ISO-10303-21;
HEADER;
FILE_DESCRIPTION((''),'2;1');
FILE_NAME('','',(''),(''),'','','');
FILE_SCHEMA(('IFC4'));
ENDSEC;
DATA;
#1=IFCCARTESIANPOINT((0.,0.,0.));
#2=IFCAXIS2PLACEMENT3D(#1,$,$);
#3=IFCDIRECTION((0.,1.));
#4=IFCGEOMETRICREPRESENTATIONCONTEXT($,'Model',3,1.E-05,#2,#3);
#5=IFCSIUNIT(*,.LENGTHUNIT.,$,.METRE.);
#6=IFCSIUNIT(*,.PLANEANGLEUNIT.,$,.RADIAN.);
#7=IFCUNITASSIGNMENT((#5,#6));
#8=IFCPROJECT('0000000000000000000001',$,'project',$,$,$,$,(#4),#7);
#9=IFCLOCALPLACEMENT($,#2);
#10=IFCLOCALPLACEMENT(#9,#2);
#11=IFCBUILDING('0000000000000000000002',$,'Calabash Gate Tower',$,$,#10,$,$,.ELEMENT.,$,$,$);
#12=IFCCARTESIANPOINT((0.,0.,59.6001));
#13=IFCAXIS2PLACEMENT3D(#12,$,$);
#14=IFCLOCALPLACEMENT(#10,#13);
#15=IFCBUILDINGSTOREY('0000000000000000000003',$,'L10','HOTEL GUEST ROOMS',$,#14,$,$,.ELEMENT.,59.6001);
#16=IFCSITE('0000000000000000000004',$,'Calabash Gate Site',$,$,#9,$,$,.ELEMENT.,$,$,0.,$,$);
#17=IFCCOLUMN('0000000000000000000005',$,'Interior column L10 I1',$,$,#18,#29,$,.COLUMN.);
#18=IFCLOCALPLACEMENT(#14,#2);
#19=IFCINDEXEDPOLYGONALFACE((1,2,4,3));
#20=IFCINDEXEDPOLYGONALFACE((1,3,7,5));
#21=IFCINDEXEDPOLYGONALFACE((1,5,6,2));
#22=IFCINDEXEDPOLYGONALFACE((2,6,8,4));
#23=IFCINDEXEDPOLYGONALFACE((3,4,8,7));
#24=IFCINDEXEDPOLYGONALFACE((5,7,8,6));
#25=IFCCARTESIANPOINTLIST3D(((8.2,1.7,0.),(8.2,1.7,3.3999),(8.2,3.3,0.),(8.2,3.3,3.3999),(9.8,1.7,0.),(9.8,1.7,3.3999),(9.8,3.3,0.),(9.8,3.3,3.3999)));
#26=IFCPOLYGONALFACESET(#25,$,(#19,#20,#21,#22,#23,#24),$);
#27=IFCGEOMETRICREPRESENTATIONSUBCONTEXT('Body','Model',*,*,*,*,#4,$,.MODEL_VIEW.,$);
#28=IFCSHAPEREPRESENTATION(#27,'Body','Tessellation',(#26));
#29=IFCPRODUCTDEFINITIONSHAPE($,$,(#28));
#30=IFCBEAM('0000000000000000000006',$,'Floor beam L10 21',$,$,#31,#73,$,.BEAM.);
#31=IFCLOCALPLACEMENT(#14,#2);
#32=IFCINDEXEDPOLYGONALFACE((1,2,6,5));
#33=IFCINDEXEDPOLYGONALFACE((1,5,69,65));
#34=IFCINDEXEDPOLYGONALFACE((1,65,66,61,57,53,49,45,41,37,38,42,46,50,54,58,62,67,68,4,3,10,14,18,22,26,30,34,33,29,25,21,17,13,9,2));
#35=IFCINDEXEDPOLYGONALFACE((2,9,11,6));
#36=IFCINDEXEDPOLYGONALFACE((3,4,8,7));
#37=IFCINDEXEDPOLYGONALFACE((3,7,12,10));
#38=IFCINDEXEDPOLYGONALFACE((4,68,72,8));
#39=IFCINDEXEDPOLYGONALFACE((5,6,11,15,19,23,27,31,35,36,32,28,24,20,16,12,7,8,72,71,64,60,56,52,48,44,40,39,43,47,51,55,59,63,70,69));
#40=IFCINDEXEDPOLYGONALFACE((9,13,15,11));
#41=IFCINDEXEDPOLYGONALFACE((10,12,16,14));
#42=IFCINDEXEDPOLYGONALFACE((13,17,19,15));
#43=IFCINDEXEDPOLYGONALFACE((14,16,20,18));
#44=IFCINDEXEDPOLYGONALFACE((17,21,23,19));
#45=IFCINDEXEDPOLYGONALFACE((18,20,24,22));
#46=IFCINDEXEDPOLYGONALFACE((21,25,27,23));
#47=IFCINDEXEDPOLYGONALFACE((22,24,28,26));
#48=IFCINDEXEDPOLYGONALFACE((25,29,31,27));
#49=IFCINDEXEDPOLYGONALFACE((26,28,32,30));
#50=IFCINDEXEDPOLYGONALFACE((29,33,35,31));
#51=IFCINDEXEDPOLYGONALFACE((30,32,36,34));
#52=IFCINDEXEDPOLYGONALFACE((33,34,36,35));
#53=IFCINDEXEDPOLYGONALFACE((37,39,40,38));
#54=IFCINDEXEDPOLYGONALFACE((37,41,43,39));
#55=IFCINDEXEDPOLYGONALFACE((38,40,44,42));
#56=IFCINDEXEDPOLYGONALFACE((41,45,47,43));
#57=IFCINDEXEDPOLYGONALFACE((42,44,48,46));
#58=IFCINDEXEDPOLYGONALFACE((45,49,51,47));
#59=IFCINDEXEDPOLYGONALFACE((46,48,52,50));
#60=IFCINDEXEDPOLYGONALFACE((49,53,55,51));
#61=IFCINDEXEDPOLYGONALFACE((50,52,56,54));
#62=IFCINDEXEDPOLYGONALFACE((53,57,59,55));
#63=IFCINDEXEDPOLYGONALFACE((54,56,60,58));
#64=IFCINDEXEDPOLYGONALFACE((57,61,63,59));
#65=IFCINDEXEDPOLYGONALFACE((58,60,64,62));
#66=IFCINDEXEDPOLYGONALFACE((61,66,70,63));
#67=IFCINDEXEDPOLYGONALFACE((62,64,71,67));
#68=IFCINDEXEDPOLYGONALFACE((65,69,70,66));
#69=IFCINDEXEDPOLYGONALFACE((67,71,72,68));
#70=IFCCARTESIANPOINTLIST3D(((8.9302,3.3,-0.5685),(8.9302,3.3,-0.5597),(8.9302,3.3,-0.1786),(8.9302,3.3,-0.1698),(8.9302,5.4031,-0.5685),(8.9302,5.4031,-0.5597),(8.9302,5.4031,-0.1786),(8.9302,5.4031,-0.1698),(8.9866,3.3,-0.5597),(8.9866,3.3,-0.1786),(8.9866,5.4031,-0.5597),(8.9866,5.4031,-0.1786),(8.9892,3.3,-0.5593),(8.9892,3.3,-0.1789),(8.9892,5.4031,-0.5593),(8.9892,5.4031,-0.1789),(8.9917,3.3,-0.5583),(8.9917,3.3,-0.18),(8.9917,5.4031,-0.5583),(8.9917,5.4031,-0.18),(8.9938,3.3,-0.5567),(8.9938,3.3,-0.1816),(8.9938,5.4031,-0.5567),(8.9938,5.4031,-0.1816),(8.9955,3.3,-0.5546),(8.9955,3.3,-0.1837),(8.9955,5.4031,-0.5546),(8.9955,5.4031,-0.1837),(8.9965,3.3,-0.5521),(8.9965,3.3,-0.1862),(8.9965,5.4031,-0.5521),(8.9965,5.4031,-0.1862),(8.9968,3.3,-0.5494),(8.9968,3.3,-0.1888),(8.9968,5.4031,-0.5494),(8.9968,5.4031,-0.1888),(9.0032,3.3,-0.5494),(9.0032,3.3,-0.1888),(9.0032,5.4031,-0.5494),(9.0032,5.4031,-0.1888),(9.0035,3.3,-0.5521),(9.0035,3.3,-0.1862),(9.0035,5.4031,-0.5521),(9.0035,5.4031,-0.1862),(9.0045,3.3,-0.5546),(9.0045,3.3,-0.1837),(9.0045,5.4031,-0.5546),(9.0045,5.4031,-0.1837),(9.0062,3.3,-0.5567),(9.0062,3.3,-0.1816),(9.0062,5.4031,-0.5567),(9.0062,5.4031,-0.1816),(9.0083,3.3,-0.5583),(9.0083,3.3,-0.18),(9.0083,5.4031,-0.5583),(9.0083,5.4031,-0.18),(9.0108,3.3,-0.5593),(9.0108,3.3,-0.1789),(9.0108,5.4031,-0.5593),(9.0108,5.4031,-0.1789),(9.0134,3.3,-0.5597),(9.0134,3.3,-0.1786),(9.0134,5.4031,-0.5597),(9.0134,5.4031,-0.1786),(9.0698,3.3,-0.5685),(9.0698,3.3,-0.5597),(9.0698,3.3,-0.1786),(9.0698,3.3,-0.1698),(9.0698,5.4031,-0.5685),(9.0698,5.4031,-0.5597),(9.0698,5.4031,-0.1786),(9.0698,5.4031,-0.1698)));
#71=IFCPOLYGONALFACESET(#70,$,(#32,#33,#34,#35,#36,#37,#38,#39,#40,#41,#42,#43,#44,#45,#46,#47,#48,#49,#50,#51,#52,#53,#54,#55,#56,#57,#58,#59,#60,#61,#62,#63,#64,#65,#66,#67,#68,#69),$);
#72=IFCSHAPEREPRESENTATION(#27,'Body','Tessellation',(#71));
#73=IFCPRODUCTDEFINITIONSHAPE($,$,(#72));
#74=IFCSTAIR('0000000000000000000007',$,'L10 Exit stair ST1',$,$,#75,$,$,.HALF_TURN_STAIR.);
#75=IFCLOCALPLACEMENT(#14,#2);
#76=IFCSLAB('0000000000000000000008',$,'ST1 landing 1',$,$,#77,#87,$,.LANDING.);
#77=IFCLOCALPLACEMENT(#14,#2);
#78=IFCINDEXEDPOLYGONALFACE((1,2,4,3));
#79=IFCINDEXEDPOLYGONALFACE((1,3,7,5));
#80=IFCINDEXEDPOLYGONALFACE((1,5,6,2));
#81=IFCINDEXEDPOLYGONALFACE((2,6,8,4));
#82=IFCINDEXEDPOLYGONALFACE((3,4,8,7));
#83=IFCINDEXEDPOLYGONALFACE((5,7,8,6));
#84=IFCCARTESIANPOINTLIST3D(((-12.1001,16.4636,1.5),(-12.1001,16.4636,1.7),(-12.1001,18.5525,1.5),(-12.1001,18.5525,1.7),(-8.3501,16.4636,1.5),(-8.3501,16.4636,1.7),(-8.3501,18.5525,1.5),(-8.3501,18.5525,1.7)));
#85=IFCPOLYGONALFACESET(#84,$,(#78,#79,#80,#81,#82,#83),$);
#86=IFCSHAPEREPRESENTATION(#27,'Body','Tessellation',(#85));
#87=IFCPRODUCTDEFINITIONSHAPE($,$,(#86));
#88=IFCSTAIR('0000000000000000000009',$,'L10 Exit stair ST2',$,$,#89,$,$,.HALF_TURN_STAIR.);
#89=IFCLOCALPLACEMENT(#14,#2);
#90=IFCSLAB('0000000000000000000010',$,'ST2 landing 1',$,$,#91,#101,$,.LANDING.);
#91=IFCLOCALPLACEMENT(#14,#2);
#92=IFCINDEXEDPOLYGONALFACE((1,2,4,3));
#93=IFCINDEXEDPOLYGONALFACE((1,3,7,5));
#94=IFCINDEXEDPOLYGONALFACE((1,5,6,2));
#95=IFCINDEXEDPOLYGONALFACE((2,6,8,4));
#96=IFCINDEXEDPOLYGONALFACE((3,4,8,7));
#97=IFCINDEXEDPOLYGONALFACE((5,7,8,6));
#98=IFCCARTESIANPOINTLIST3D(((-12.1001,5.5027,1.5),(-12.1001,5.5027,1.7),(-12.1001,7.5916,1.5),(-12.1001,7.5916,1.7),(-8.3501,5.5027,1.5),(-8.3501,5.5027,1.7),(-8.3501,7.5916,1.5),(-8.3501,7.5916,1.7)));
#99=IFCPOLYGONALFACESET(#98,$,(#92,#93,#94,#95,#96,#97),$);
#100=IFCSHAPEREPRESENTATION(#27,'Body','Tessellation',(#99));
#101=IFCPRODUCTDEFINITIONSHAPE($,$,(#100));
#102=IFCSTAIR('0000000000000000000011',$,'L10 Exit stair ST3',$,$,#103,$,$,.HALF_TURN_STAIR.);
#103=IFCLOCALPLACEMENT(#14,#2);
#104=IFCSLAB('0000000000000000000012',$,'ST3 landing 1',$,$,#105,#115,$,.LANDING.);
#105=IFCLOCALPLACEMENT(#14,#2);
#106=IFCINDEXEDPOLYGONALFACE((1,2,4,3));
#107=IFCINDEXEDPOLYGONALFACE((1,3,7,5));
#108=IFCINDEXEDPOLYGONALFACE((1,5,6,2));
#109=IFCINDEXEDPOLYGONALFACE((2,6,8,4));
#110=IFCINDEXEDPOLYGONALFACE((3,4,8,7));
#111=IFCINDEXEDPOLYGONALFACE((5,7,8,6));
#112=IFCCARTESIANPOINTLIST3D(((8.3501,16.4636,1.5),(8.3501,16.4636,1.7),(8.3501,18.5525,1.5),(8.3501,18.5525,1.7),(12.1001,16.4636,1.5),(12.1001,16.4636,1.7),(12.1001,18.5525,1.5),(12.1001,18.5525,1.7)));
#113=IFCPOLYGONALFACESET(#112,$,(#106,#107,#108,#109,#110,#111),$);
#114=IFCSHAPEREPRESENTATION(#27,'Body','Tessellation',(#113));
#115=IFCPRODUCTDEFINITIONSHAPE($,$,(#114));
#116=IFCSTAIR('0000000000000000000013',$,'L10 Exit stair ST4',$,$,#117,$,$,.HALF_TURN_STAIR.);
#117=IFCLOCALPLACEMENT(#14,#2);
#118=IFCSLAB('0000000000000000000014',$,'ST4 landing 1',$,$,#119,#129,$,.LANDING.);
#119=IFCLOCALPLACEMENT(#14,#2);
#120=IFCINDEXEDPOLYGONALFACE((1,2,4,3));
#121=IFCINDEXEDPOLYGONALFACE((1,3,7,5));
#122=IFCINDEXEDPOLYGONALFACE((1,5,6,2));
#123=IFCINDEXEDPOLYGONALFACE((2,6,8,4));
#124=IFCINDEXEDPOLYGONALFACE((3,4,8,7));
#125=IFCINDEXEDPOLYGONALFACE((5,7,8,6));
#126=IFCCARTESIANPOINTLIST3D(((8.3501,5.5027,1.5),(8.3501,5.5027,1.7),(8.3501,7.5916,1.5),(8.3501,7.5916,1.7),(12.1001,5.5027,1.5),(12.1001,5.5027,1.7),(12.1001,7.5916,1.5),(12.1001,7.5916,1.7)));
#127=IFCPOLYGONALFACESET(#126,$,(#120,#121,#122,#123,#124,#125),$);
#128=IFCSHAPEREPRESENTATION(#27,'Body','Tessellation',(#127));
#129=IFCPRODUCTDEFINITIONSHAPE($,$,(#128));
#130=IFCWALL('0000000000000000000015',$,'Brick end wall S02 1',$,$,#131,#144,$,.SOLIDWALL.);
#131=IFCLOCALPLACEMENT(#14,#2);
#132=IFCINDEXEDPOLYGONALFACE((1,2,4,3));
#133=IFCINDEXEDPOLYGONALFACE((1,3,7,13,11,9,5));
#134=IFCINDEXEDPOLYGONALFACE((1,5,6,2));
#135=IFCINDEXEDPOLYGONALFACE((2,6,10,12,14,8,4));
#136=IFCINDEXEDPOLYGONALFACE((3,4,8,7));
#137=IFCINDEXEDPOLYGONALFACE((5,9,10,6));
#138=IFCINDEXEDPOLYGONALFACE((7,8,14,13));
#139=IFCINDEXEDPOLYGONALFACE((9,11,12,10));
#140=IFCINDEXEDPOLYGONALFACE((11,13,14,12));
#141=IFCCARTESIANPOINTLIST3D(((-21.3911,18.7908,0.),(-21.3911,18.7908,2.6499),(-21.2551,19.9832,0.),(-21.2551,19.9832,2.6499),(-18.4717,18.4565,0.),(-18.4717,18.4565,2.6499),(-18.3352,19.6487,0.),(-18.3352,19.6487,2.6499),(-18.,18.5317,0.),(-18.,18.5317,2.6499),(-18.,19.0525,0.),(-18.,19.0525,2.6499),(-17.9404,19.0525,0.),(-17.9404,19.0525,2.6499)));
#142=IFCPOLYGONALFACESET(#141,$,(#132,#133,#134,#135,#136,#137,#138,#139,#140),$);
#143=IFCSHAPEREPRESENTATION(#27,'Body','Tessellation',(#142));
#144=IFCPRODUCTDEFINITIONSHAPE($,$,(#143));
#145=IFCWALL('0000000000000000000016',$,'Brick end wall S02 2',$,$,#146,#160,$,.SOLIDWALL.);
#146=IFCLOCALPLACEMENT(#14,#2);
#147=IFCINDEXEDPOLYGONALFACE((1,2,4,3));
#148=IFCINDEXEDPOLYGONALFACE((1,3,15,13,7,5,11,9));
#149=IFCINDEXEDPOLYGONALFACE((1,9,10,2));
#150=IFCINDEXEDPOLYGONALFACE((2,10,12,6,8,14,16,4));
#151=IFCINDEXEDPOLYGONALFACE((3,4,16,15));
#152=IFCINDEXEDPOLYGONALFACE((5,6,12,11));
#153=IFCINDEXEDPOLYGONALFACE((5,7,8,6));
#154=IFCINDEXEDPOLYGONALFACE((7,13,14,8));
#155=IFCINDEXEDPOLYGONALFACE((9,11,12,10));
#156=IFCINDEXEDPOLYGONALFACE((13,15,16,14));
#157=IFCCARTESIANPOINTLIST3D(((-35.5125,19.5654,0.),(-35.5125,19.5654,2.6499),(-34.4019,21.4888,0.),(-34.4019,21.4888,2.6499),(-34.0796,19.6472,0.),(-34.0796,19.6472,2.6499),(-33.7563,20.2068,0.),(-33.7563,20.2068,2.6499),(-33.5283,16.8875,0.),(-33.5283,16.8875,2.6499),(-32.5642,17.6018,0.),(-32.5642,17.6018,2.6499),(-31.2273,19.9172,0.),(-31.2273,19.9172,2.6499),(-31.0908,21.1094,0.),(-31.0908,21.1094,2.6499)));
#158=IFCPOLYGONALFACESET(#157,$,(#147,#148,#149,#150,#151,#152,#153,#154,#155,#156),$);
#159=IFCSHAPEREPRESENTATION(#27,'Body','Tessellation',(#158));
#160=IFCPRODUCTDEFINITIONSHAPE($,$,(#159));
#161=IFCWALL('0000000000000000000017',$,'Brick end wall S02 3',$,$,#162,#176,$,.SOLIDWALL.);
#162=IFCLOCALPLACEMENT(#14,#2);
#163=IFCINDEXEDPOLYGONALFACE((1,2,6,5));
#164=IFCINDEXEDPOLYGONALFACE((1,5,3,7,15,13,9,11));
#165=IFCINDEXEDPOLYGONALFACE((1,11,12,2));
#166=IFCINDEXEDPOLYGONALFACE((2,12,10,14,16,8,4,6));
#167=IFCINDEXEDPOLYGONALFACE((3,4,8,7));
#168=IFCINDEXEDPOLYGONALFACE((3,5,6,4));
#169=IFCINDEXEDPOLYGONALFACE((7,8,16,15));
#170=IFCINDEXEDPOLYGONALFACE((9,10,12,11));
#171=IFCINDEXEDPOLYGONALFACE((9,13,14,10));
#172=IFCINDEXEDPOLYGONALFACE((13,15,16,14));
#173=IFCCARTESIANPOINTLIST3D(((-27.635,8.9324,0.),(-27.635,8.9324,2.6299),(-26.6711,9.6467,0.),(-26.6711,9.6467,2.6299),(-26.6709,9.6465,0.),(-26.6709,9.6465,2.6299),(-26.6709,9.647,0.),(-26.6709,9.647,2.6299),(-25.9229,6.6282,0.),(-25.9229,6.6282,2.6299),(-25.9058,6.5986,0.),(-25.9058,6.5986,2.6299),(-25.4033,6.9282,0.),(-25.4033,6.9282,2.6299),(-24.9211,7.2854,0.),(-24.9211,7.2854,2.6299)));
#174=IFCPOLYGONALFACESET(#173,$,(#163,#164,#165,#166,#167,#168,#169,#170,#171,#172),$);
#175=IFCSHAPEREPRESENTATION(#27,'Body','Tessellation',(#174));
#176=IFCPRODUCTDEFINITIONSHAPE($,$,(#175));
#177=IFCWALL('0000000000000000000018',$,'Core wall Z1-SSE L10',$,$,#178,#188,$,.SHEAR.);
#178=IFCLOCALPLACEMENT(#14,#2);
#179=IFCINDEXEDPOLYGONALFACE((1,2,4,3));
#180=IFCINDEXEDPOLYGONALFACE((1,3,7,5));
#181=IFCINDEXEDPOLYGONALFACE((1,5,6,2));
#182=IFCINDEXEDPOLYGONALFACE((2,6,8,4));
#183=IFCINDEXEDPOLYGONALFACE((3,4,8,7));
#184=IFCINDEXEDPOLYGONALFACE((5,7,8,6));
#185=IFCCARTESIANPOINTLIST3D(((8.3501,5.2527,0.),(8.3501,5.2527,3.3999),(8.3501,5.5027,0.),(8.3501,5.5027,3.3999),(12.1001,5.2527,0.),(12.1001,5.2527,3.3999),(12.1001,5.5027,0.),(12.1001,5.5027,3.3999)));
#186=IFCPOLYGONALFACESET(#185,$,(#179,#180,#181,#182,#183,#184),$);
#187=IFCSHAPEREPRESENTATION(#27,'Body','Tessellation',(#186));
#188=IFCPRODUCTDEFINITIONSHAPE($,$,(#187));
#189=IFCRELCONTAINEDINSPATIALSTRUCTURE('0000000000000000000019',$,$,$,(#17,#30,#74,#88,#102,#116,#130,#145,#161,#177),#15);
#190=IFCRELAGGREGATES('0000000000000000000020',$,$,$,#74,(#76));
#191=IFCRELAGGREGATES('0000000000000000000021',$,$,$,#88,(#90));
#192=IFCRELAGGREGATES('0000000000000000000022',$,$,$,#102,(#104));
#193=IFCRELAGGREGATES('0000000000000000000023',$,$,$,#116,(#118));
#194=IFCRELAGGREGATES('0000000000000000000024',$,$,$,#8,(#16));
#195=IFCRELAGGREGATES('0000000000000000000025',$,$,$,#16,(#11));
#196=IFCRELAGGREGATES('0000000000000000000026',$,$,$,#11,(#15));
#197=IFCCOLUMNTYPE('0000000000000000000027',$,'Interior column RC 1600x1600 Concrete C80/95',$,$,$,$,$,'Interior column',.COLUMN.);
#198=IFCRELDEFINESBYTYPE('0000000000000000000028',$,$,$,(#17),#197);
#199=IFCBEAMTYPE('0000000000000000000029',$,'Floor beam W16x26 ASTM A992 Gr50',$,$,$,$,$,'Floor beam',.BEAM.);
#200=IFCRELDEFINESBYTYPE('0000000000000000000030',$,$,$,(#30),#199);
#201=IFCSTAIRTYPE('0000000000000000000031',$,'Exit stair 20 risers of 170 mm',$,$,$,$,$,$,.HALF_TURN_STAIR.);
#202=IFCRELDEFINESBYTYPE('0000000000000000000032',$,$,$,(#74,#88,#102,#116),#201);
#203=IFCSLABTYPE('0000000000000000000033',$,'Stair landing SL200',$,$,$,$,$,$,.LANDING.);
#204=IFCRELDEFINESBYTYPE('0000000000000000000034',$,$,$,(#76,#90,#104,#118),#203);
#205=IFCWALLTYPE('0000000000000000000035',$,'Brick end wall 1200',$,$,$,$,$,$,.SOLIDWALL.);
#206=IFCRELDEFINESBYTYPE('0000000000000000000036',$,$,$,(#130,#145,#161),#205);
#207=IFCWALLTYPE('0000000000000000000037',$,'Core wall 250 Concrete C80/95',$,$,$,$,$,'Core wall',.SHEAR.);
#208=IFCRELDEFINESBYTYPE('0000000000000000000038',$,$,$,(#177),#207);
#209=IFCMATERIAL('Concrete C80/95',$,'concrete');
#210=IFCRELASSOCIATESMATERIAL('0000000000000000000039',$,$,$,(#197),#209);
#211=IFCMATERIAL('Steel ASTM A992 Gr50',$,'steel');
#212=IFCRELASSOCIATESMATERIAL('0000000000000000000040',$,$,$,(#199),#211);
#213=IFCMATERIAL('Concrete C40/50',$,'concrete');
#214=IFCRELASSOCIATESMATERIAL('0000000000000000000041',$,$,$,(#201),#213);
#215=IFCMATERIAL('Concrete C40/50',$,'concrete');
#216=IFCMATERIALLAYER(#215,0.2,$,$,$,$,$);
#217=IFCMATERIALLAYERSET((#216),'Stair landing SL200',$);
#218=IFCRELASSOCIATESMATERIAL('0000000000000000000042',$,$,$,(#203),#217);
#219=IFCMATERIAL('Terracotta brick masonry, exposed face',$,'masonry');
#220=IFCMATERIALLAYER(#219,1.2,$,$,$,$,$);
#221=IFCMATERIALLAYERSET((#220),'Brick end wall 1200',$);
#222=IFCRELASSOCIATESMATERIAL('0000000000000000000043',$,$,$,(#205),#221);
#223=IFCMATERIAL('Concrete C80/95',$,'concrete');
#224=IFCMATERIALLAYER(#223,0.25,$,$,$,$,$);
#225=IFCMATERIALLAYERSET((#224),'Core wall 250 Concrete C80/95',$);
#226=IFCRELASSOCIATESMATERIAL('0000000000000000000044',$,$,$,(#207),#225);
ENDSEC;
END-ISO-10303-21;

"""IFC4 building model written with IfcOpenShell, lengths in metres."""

from ifc_helpers import new_model, si_unit, direction, frame, frame_2d, origin, origin_2d, place, context, subcontext, project, spatial, polyline, rectangle, i_section, outline, extrude, material, layer, layer_set, material_profile, profile_set, type_object, element, aggregate, save


model = new_model("IFC4")

# Units and contexts
model_context = context("Model", 3, precision=1e-05, world=origin(), true_north=direction((0.0, 1.0)))
body_context = subcontext(model_context, "Body", "Model", "MODEL_VIEW")
ifc_project = project(units=[si_unit("LENGTHUNIT", "METRE"), si_unit("PLANEANGLEUNIT", "RADIAN")], contexts=[model_context])

# Site, building, storey
site_placement = place(None, origin())
site = spatial("IfcSite", under=ifc_project, at=site_placement, Name="Calabash Gate Site", CompositionType="ELEMENT", RefElevation=0.0)
building_placement = place(site_placement, origin())
building = spatial("IfcBuilding", under=site, at=building_placement, Name="Calabash Gate Tower", CompositionType="ELEMENT")
storey_placement = place(building_placement, frame((0.0, 0.0, 59.6001)))
storey = spatial("IfcBuildingStorey", under=building, at=storey_placement, Name="L10", Description="HOTEL GUEST ROOMS", CompositionType="ELEMENT", Elevation=59.6001)

# Column
ifc_material_1 = material(Name="Concrete C80/95", Category="concrete")
ifc_material_profile_1 = material_profile(ifc_material_1, rectangle(XDim=1.6001, YDim=1.6001, at=origin_2d()))
ifc_profile_set_1 = profile_set([ifc_material_profile_1], Name="Concrete C80/95")
column_type = type_object("IfcColumnType", Name="Interior column RC 1600x1600 Concrete C80/95", ElementType="Interior column", PredefinedType="COLUMN", material=ifc_profile_set_1)
column_placement = place(storey_placement, frame((9.0, 2.5, 0.0), z_axis=(0.0, 0.0, 1.0), x_axis=(1.0, 0.0, 0.0)))
element("IfcColumn", 1, at=column_placement, inside=storey, type_object=column_type, Name="Interior column L10 I1", PredefinedType="COLUMN", context=body_context, shape_type="SweptSolid", body=[
    extrude(rectangle(XDim=1.6001, YDim=1.6001, at=origin_2d()), origin(), (0.0, 0.0, 1.0), 3.3999),
])

# Beam
ifc_material_2 = material(Name="Steel ASTM A992 Gr50", Category="steel")
ifc_material_profile_2 = material_profile(ifc_material_2, i_section(OverallWidth=0.1396, OverallDepth=0.3987, WebThickness=0.0063, FlangeThickness=0.0088, FilletRadius=0.0103, at=origin_2d()))
ifc_profile_set_2 = profile_set([ifc_material_profile_2], Name="Steel ASTM A992 Gr50")
beam_type = type_object("IfcBeamType", Name="Floor beam W16x26 ASTM A992 Gr50", ElementType="Floor beam", PredefinedType="BEAM", material=ifc_profile_set_2)
beam_placement = place(storey_placement, frame((9.0, 3.3, -0.3691), z_axis=(0.0, 1.0, 0.0), x_axis=(-1.0, 0.0, 0.0)))
element("IfcBeam", 2, at=beam_placement, inside=storey, type_object=beam_type, Name="Floor beam L10 21", PredefinedType="BEAM", context=body_context, shape_type="SweptSolid", body=[
    extrude(i_section(OverallWidth=0.1396, OverallDepth=0.3987, WebThickness=0.0063, FlangeThickness=0.0088, FilletRadius=0.0103, at=origin_2d()), origin(), (0.0, 0.0, 1.0), 2.103),
])

# Stairs, slabs
ifc_material_3 = material(Name="Concrete C40/50", Category="concrete")
stair_type = type_object("IfcStairType", Name="Exit stair 20 risers of 170 mm", PredefinedType="HALF_TURN_STAIR", material=ifc_material_3)
stair_1_placement = place(storey_placement, origin())
stair_1 = element("IfcStair", 3, at=stair_1_placement, inside=storey, type_object=stair_type, Name="L10 Exit stair ST1", PredefinedType="HALF_TURN_STAIR")
ifc_material_4 = material(Name="Concrete C40/50", Category="concrete")
ifc_layer_1 = layer(ifc_material_4, 0.2)
ifc_layer_set_1 = layer_set([ifc_layer_1], Name="Stair landing SL200")
slab_type = type_object("IfcSlabType", Name="Stair landing SL200", PredefinedType="LANDING", material=ifc_layer_set_1)
slab_1_placement = place(storey_placement, frame((0.0, 0.0, 1.5)))
slab_1 = element("IfcSlab", 4, at=slab_1_placement, type_object=slab_type, Name="ST1 landing 1", PredefinedType="LANDING", context=body_context, shape_type="SweptSolid", body=[
    extrude(outline(polyline([(-8.3501, 16.4636), (-8.3501, 18.5525), (-12.1001, 18.5525), (-12.1001, 16.4636), (-8.3501, 16.4636)])), origin(), (0.0, 0.0, 1.0), 0.2),
])
aggregate(stair_1, [slab_1])
stair_2_placement = place(storey_placement, origin())
stair_2 = element("IfcStair", 5, at=stair_2_placement, inside=storey, type_object=stair_type, Name="L10 Exit stair ST2", PredefinedType="HALF_TURN_STAIR")
slab_2_placement = place(storey_placement, frame((0.0, 0.0, 1.5)))
slab_2 = element("IfcSlab", 6, at=slab_2_placement, type_object=slab_type, Name="ST2 landing 1", PredefinedType="LANDING", context=body_context, shape_type="SweptSolid", body=[
    extrude(outline(polyline([(-12.1001, 7.5916), (-12.1001, 5.5027), (-8.3501, 5.5027), (-8.3501, 7.5916), (-12.1001, 7.5916)])), origin(), (0.0, 0.0, 1.0), 0.2),
])
aggregate(stair_2, [slab_2])
stair_3_placement = place(storey_placement, origin())
stair_3 = element("IfcStair", 7, at=stair_3_placement, inside=storey, type_object=stair_type, Name="L10 Exit stair ST3", PredefinedType="HALF_TURN_STAIR")
slab_3_placement = place(storey_placement, frame((0.0, 0.0, 1.5)))
slab_3 = element("IfcSlab", 8, at=slab_3_placement, type_object=slab_type, Name="ST3 landing 1", PredefinedType="LANDING", context=body_context, shape_type="SweptSolid", body=[
    extrude(outline(polyline([(12.1001, 16.4636), (12.1001, 18.5525), (8.3501, 18.5525), (8.3501, 16.4636), (12.1001, 16.4636)])), origin(), (0.0, 0.0, 1.0), 0.2),
])
aggregate(stair_3, [slab_3])
stair_4_placement = place(storey_placement, origin())
stair_4 = element("IfcStair", 9, at=stair_4_placement, inside=storey, type_object=stair_type, Name="L10 Exit stair ST4", PredefinedType="HALF_TURN_STAIR")
slab_4_placement = place(storey_placement, frame((0.0, 0.0, 1.5)))
slab_4 = element("IfcSlab", 10, at=slab_4_placement, type_object=slab_type, Name="ST4 landing 1", PredefinedType="LANDING", context=body_context, shape_type="SweptSolid", body=[
    extrude(outline(polyline([(8.3501, 7.5916), (8.3501, 5.5027), (12.1001, 5.5027), (12.1001, 7.5916), (8.3501, 7.5916)])), origin(), (0.0, 0.0, 1.0), 0.2),
])
aggregate(stair_4, [slab_4])

# Walls
ifc_material_5 = material(Name="Terracotta brick masonry, exposed face", Category="masonry")
ifc_layer_2 = layer(ifc_material_5, 1.2)
ifc_layer_set_2 = layer_set([ifc_layer_2], Name="Brick end wall 1200")
wall_type_1 = type_object("IfcWallType", Name="Brick end wall 1200", PredefinedType="SOLIDWALL", material=ifc_layer_set_2)
wall_1_placement = place(storey_placement, origin())
element("IfcWall", 11, at=wall_1_placement, inside=storey, type_object=wall_type_1, Name="Brick end wall S02 1", PredefinedType="SOLIDWALL", context=body_context, shape_type="SweptSolid", body=[
    extrude(outline(polyline([(-21.2551, 19.9832), (-21.3911, 18.7908), (-18.4717, 18.4565), (-18.0, 18.5317), (-18.0, 19.0525), (-17.9404, 19.0525), (-18.3352, 19.6487), (-21.2551, 19.9832)])), origin(), (0.0, 0.0, 1.0), 2.6499),
])
wall_2_placement = place(storey_placement, origin())
element("IfcWall", 12, at=wall_2_placement, inside=storey, type_object=wall_type_1, Name="Brick end wall S02 2", PredefinedType="SOLIDWALL", context=body_context, shape_type="SweptSolid", body=[
    extrude(outline(polyline([(-33.7563, 20.2068), (-31.2273, 19.9172), (-31.0908, 21.1094), (-34.4019, 21.4888), (-35.5125, 19.5654), (-33.5283, 16.8875), (-32.5642, 17.6018), (-34.0796, 19.6472), (-33.7563, 20.2068)])), origin(), (0.0, 0.0, 1.0), 2.6499),
])
wall_3_placement = place(storey_placement, origin())
element("IfcWall", 13, at=wall_3_placement, inside=storey, type_object=wall_type_1, Name="Brick end wall S02 3", PredefinedType="SOLIDWALL", context=body_context, shape_type="SweptSolid", body=[
    extrude(outline(polyline([(-24.9211, 7.2854), (-26.6709, 9.647), (-26.6711, 9.6467), (-26.6709, 9.6465), (-27.635, 8.9324), (-25.9058, 6.5986), (-25.9229, 6.6282), (-25.4033, 6.9282), (-24.9211, 7.2854)])), origin(), (0.0, 0.0, 1.0), 2.6299),
])
ifc_material_6 = material(Name="Concrete C80/95", Category="concrete")
ifc_layer_3 = layer(ifc_material_6, 0.25)
ifc_layer_set_3 = layer_set([ifc_layer_3], Name="Core wall 250 Concrete C80/95")
wall_type_2 = type_object("IfcWallType", Name="Core wall 250 Concrete C80/95", ElementType="Core wall", PredefinedType="SHEAR", material=ifc_layer_set_3)
wall_4_placement = place(storey_placement, frame((8.3501, 5.3777, 0.0), z_axis=(0.0, 0.0, 1.0), x_axis=(1.0, 0.0, 0.0)))
element("IfcWall", 14, at=wall_4_placement, inside=storey, type_object=wall_type_2, Name="Core wall Z1-SSE L10", PredefinedType="SHEAR", context=body_context, shape_type="SweptSolid", body=[
    extrude(rectangle(XDim=3.75, YDim=0.25, at=frame_2d((1.875, 0.0))), origin(), (0.0, 0.0, 1.0), 3.3999),
])

save(model, "model.ifc")
